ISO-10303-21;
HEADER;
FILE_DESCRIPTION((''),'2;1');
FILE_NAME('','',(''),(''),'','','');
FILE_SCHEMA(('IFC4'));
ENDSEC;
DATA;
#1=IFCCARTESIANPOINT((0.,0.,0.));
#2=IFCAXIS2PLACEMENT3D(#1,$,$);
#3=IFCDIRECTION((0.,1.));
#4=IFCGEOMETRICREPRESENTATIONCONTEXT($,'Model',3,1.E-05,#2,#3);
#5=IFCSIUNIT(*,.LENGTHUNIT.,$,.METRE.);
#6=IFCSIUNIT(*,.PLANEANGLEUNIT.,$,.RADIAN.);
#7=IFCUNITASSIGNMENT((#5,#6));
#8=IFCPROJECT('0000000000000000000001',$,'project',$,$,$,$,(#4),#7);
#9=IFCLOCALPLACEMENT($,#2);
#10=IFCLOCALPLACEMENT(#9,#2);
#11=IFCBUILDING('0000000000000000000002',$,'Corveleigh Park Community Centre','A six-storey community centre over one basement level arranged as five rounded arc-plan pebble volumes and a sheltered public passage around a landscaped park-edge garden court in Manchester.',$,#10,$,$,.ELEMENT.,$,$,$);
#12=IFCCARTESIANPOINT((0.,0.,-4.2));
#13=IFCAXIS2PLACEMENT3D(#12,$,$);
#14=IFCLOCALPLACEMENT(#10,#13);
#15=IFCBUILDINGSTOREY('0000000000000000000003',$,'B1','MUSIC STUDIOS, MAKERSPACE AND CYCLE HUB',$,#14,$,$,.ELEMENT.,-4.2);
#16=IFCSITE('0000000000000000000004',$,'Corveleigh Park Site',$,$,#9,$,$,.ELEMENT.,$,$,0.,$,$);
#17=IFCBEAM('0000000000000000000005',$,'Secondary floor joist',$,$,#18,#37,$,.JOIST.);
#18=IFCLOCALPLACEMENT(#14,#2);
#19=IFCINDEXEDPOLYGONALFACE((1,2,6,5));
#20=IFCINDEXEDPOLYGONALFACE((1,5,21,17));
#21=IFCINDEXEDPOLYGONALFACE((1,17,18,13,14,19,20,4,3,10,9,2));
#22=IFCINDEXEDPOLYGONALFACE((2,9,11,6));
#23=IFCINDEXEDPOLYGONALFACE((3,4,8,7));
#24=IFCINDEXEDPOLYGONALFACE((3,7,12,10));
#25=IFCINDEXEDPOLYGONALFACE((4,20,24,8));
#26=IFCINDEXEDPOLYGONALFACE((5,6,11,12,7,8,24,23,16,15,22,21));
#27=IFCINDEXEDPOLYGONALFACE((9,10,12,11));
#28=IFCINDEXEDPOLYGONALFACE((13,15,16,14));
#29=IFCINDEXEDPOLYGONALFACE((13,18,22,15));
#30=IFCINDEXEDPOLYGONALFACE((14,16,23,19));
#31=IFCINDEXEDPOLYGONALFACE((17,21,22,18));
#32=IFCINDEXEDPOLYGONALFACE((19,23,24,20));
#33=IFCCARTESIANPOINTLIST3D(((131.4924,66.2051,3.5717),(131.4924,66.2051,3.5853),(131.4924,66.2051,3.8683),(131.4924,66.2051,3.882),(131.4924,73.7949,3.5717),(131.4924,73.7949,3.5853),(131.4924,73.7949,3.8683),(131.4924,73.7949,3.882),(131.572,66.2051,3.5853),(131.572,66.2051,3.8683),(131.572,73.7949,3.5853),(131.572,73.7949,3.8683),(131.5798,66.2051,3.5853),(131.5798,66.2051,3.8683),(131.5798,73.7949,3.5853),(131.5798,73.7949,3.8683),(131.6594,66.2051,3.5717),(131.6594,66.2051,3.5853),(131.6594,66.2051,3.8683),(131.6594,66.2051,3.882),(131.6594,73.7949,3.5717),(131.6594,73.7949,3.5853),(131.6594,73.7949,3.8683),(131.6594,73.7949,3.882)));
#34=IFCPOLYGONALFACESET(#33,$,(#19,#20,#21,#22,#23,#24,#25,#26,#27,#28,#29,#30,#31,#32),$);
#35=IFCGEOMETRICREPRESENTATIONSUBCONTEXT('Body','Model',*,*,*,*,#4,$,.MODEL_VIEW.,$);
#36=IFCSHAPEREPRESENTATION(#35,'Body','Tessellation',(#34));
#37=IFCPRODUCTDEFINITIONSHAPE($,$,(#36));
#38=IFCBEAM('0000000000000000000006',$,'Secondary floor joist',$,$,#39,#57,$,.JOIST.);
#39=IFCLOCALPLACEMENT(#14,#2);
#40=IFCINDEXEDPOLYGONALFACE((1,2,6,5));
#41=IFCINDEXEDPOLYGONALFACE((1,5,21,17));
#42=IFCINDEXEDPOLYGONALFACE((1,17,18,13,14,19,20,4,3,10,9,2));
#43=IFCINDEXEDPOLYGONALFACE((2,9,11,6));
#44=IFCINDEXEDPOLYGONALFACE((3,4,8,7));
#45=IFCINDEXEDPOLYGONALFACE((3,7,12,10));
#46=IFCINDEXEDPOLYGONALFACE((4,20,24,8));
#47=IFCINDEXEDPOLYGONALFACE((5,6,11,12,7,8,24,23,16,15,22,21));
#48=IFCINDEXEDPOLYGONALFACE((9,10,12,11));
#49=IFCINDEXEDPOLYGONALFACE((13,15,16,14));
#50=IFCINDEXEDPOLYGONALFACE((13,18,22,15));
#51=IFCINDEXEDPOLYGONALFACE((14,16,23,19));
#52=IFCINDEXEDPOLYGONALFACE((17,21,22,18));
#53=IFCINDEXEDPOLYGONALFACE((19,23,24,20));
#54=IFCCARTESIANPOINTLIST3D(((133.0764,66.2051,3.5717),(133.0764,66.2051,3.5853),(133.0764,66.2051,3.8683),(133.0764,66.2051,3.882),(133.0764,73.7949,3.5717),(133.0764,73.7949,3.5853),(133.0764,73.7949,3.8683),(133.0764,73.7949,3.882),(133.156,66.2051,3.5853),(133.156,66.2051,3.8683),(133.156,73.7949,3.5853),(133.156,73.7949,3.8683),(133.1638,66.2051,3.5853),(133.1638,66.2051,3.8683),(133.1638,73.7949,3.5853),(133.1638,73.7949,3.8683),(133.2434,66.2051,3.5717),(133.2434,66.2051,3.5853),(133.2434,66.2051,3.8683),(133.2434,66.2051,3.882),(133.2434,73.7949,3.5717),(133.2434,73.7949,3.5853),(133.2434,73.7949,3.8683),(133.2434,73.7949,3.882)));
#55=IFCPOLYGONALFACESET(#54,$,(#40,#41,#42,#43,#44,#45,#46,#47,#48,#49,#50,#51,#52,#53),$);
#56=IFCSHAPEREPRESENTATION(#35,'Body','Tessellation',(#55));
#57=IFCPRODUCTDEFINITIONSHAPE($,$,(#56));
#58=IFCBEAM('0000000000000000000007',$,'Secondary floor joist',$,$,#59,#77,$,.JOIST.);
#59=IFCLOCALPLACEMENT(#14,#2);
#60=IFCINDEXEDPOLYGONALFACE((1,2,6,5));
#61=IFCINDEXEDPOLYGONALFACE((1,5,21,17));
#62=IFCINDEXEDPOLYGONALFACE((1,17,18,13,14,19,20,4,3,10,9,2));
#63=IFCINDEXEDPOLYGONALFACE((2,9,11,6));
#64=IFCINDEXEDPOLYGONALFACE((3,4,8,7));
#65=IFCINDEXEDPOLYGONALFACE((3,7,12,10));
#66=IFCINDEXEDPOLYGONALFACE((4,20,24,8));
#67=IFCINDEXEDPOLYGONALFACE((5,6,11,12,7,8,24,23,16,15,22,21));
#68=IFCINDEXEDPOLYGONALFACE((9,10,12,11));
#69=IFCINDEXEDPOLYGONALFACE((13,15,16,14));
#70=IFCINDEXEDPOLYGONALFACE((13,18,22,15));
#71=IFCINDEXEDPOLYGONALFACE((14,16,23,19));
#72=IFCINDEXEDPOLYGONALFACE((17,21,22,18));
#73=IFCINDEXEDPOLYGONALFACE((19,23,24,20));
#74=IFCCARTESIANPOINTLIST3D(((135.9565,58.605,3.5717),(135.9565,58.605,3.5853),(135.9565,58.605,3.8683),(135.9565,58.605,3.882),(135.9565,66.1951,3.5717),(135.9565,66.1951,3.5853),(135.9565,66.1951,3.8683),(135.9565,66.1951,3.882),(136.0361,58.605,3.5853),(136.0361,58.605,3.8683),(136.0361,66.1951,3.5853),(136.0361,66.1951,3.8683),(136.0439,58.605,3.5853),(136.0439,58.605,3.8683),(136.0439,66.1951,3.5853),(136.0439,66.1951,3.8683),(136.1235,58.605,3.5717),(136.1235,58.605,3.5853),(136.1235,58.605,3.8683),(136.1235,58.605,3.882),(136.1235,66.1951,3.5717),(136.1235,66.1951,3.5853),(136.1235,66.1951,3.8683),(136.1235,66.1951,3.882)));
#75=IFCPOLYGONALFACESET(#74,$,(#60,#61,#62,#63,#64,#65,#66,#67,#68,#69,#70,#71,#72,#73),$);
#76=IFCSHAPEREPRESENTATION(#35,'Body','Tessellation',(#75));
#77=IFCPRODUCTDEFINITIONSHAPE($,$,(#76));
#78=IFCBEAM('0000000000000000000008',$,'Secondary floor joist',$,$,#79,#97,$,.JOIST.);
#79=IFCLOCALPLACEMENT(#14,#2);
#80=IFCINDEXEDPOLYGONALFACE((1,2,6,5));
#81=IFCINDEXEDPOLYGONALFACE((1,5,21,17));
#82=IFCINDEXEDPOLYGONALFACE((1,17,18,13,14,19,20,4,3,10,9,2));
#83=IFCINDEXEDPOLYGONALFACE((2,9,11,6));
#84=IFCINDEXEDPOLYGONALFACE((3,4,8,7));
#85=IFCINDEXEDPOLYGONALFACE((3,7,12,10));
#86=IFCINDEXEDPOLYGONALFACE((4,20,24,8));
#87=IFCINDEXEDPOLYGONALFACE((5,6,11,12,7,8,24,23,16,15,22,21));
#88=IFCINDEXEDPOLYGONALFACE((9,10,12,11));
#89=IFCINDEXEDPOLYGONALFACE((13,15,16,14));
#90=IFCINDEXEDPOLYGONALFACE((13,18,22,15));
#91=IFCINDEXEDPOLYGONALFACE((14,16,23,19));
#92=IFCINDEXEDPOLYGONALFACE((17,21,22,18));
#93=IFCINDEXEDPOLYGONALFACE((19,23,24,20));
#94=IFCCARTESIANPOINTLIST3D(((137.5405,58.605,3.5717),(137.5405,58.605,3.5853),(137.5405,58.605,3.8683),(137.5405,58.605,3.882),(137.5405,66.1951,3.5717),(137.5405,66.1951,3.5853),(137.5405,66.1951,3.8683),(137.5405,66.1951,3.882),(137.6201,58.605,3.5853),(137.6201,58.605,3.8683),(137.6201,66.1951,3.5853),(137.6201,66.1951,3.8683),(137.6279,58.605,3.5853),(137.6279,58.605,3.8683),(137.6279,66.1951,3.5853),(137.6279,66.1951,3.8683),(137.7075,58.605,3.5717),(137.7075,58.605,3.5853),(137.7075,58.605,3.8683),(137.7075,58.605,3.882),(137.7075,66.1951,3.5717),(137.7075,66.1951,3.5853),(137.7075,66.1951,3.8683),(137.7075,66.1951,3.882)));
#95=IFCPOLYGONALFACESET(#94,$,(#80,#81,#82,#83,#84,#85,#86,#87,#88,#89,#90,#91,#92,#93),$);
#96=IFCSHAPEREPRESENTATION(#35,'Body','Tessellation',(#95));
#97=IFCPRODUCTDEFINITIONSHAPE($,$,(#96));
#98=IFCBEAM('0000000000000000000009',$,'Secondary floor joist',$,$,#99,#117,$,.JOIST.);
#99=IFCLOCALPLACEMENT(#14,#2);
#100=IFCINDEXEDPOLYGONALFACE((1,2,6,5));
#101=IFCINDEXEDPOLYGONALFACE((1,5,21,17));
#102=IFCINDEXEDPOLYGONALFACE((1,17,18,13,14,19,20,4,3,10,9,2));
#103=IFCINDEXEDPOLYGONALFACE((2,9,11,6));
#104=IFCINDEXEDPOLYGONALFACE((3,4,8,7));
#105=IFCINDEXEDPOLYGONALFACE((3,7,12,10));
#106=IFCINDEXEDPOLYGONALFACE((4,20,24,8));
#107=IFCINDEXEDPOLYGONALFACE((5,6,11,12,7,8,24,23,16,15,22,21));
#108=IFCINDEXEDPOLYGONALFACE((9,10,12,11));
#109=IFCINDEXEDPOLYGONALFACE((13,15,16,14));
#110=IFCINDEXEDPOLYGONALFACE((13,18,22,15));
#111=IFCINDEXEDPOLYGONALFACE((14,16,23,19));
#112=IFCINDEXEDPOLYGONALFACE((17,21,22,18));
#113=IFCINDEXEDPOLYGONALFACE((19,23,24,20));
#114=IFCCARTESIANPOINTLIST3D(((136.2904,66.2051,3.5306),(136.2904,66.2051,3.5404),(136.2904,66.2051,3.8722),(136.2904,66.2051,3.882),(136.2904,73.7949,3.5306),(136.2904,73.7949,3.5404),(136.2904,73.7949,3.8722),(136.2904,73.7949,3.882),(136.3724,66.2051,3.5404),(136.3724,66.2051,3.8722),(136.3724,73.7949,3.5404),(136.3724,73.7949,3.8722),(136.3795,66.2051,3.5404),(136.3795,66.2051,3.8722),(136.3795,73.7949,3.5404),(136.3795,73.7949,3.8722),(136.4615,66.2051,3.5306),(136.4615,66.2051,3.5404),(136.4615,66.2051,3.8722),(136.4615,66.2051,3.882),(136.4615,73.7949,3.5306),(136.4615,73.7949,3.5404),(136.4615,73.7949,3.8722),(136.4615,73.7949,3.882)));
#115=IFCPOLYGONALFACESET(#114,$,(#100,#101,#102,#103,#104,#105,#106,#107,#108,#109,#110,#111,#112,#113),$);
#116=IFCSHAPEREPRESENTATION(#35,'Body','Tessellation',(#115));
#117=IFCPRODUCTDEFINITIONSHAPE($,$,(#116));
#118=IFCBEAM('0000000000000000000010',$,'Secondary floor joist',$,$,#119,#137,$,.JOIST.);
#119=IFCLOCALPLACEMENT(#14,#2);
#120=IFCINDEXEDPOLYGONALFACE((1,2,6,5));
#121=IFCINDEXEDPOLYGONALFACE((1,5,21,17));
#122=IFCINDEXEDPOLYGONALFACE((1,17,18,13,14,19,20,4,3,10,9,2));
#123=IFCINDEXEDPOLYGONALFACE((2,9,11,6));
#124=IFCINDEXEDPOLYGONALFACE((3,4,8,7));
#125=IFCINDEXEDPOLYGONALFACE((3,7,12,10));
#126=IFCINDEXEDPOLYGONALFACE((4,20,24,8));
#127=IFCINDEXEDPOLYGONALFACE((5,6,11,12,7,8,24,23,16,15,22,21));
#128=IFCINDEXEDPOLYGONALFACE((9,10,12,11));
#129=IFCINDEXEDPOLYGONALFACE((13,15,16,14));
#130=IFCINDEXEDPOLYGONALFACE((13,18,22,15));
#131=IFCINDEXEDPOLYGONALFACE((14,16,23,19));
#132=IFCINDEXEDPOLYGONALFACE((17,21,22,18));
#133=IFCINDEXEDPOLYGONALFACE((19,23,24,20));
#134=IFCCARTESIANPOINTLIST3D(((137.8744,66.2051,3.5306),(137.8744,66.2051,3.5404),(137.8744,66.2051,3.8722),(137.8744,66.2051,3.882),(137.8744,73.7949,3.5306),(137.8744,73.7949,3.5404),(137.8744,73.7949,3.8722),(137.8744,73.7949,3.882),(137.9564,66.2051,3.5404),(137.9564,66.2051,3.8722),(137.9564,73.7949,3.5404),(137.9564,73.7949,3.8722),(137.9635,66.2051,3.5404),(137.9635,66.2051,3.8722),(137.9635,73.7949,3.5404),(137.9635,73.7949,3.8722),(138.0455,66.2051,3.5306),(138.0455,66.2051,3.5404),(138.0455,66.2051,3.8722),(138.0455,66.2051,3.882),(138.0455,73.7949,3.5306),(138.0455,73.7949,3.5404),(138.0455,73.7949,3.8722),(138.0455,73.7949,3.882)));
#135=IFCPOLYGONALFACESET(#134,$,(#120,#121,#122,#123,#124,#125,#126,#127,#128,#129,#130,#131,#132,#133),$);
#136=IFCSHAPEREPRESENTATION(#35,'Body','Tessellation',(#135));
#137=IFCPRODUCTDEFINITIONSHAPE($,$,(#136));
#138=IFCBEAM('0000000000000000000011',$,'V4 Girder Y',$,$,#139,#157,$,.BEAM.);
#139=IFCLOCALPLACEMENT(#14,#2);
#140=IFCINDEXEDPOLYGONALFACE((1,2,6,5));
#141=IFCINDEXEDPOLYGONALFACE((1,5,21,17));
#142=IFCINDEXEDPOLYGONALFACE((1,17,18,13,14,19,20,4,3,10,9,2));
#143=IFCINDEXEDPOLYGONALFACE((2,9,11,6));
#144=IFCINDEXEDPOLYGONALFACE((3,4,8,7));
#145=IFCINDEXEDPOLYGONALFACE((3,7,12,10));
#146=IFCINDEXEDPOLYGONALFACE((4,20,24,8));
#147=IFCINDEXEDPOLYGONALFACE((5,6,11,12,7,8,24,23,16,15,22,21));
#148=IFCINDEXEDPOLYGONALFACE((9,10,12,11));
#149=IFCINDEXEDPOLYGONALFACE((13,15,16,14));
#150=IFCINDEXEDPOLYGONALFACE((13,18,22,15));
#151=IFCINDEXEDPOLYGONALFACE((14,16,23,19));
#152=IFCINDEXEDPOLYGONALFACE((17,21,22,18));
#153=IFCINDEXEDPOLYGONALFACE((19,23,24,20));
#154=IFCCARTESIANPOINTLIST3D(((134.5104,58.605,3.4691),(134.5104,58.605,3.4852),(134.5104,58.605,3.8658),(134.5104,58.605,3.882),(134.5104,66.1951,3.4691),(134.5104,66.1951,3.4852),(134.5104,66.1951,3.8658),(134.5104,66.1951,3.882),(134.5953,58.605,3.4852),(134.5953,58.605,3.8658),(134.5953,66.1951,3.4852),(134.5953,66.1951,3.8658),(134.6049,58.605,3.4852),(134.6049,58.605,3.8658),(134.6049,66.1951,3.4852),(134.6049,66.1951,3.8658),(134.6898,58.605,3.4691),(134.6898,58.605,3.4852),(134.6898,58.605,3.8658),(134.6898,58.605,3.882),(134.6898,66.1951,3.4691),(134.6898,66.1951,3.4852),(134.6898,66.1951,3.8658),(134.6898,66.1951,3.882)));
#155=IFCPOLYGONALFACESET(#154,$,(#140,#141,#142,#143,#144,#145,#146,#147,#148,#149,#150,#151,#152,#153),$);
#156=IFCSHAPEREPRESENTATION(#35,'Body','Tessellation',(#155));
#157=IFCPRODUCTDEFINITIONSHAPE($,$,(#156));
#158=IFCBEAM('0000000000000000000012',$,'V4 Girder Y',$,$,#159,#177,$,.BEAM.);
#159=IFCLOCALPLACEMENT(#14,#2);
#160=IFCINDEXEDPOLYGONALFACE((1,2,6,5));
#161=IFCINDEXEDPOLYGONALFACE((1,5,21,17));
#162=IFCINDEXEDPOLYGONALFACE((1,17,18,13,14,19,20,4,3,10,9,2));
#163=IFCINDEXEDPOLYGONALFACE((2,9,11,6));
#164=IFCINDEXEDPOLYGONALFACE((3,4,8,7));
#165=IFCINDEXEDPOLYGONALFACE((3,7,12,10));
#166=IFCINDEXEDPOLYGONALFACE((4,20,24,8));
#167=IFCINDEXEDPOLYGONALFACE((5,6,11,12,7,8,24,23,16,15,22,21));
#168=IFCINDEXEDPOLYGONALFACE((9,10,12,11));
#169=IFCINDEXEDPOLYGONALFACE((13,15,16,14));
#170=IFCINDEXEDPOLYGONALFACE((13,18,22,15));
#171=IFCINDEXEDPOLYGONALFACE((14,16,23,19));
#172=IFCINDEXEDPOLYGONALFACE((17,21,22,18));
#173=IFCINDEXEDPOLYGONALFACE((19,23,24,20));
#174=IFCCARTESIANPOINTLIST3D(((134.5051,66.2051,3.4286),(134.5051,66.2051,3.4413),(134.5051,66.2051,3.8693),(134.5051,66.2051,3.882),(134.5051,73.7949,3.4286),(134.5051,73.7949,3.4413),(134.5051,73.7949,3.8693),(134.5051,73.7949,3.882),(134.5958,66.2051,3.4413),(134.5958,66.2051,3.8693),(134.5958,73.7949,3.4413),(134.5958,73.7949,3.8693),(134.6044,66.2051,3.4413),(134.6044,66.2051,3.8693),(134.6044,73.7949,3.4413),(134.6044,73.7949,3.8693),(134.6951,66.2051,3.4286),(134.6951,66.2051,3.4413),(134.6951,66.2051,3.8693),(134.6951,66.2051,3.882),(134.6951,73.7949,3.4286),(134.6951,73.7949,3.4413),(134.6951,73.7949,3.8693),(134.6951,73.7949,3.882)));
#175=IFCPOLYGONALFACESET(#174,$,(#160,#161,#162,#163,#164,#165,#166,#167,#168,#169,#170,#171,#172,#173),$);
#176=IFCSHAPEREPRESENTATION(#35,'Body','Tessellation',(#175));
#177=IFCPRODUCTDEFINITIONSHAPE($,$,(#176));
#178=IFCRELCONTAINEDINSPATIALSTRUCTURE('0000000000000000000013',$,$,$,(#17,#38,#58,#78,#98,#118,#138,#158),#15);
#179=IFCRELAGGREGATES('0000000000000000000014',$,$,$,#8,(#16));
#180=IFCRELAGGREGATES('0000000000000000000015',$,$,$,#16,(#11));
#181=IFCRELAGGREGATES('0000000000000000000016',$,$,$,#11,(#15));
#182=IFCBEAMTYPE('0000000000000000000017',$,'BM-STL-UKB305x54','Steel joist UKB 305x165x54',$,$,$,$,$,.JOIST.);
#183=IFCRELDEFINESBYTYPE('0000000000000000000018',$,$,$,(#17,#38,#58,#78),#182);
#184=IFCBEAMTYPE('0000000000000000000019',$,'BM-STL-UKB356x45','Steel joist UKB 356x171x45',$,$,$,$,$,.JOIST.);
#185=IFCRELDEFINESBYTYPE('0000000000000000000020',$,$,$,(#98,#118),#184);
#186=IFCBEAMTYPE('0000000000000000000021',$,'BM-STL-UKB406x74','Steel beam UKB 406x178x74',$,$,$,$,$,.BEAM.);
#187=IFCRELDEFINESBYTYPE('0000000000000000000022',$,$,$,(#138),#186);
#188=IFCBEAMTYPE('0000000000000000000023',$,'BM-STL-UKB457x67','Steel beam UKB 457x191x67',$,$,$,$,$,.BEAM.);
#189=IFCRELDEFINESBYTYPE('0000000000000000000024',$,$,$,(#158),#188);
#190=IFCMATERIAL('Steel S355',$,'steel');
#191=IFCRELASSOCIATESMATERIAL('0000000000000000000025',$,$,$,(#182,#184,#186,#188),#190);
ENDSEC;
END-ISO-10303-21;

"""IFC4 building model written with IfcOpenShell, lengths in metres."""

from ifc_helpers import new_model, si_unit, direction, frame, origin, origin_2d, place, context, subcontext, project, spatial, i_section, extrude, material, material_profile, profile_set, type_object, element, save


model = new_model("IFC4")

# Units and contexts
model_context = context("Model", 3, precision=1e-05, world=origin(), true_north=direction((0.0, 1.0)))
body_context = subcontext(model_context, "Body", "Model", "MODEL_VIEW")
ifc_project = project(units=[si_unit("LENGTHUNIT", "METRE"), si_unit("PLANEANGLEUNIT", "RADIAN")], contexts=[model_context])

# Site, building, storey
site_placement = place(None, origin())
site = spatial("IfcSite", under=ifc_project, at=site_placement, Name="Corveleigh Park Site", CompositionType="ELEMENT", RefElevation=0.0)
building_placement = place(site_placement, origin())
building = spatial("IfcBuilding", under=site, at=building_placement, Name="Corveleigh Park Community Centre", Description="A six-storey community centre over one basement level arranged as five rounded arc-plan pebble volumes and a sheltered public passage around a landscaped park-edge garden court in Manchester.", CompositionType="ELEMENT")
storey_placement = place(building_placement, frame((0.0, 0.0, -4.2)))
storey = spatial("IfcBuildingStorey", under=building, at=storey_placement, Name="B1", Description="MUSIC STUDIOS, MAKERSPACE AND CYCLE HUB", CompositionType="ELEMENT", Elevation=-4.2)

# Shared definitions
ifc_material_1 = material(Name="Steel S355", Category="steel")

# Beams
ifc_material_profile_1 = material_profile(ifc_material_1, i_section(OverallWidth=0.167, OverallDepth=0.3103, WebThickness=0.0078, FlangeThickness=0.0137, at=origin_2d()), Name="UKB 305x165x54", Category="steel")
ifc_profile_set_1 = profile_set([ifc_material_profile_1], Name="Steel S355")
beam_type_1 = type_object("IfcBeamType", Name="BM-STL-UKB305x54", Description="Steel joist UKB 305x165x54", PredefinedType="JOIST", material=ifc_profile_set_1)
for number, where, z_axis, x_axis, name in (
    (1, (131.5759, 66.2051, 3.7268), (0.0, 1.0, 0.0), (-1.0, 0.0, 0.0), "Secondary floor joist"),
    (2, (133.1599, 66.2051, 3.7268), (0.0, 1.0, 0.0), (-1.0, 0.0, 0.0), "Secondary floor joist"),
):
    element("IfcBeam", number, at=place(storey_placement, frame(where, z_axis=z_axis, x_axis=x_axis)), inside=storey, type_object=beam_type_1, Name=name, PredefinedType="JOIST", context=body_context, shape_type="SweptSolid", body=[
        extrude(i_section(OverallWidth=0.167, OverallDepth=0.3103, WebThickness=0.0078, FlangeThickness=0.0137, at=origin_2d()), origin(), (0.0, 0.0, 1.0), 7.5898),
    ])
for number, where, z_axis, x_axis, name in (
    (3, (136.04, 58.605, 3.7268), (0.0, 1.0, 0.0), (-1.0, 0.0, 0.0), "Secondary floor joist"),
    (4, (137.624, 58.605, 3.7268), (0.0, 1.0, 0.0), (-1.0, 0.0, 0.0), "Secondary floor joist"),
):
    element("IfcBeam", number, at=place(storey_placement, frame(where, z_axis=z_axis, x_axis=x_axis)), inside=storey, type_object=beam_type_1, Name=name, PredefinedType="JOIST", context=body_context, shape_type="SweptSolid", body=[
        extrude(i_section(OverallWidth=0.167, OverallDepth=0.3103, WebThickness=0.0078, FlangeThickness=0.0137, at=origin_2d()), origin(), (0.0, 0.0, 1.0), 7.5901),
    ])
ifc_material_profile_2 = material_profile(ifc_material_1, i_section(OverallWidth=0.1711, OverallDepth=0.3513, WebThickness=0.0071, FlangeThickness=0.0098, at=origin_2d()), Name="UKB 356x171x45", Category="steel")
ifc_profile_set_2 = profile_set([ifc_material_profile_2], Name="Steel S355")
beam_type_2 = type_object("IfcBeamType", Name="BM-STL-UKB356x45", Description="Steel joist UKB 356x171x45", PredefinedType="JOIST", material=ifc_profile_set_2)
for number, where, z_axis, x_axis, name in (
    (5, (136.376, 66.2051, 3.7063), (0.0, 1.0, 0.0), (-1.0, 0.0, 0.0), "Secondary floor joist"),
    (6, (137.96, 66.2051, 3.7063), (0.0, 1.0, 0.0), (-1.0, 0.0, 0.0), "Secondary floor joist"),
):
    element("IfcBeam", number, at=place(storey_placement, frame(where, z_axis=z_axis, x_axis=x_axis)), inside=storey, type_object=beam_type_2, Name=name, PredefinedType="JOIST", context=body_context, shape_type="SweptSolid", body=[
        extrude(i_section(OverallWidth=0.1711, OverallDepth=0.3513, WebThickness=0.0071, FlangeThickness=0.0098, at=origin_2d()), origin(), (0.0, 0.0, 1.0), 7.5898),
    ])
ifc_material_profile_3 = material_profile(ifc_material_1, i_section(OverallWidth=0.1794, OverallDepth=0.4128, WebThickness=0.0095, FlangeThickness=0.0161, at=origin_2d()), Name="UKB 406x178x74", Category="steel")
ifc_profile_set_3 = profile_set([ifc_material_profile_3], Name="Steel S355")
beam_type_3 = type_object("IfcBeamType", Name="BM-STL-UKB406x74", Description="Steel beam UKB 406x178x74", PredefinedType="BEAM", material=ifc_profile_set_3)
beam_1_placement = place(storey_placement, frame((134.6001, 58.605, 3.6755), z_axis=(0.0, 1.0, 0.0), x_axis=(-1.0, 0.0, 0.0)))
element("IfcBeam", 7, at=beam_1_placement, inside=storey, type_object=beam_type_3, Name="V4 Girder Y", PredefinedType="BEAM", context=body_context, shape_type="SweptSolid", body=[
    extrude(i_section(OverallWidth=0.1794, OverallDepth=0.4128, WebThickness=0.0095, FlangeThickness=0.0161, at=origin_2d()), origin(), (0.0, 0.0, 1.0), 7.5901),
])
ifc_material_profile_4 = material_profile(ifc_material_1, i_section(OverallWidth=0.1899, OverallDepth=0.4534, WebThickness=0.0085, FlangeThickness=0.0127, at=origin_2d()), Name="UKB 457x191x67", Category="steel")
ifc_profile_set_4 = profile_set([ifc_material_profile_4], Name="Steel S355")
beam_type_4 = type_object("IfcBeamType", Name="BM-STL-UKB457x67", Description="Steel beam UKB 457x191x67", PredefinedType="BEAM", material=ifc_profile_set_4)
beam_2_placement = place(storey_placement, frame((134.6001, 66.2051, 3.6553), z_axis=(0.0, 1.0, 0.0), x_axis=(-1.0, 0.0, 0.0)))
element("IfcBeam", 8, at=beam_2_placement, inside=storey, type_object=beam_type_4, Name="V4 Girder Y", PredefinedType="BEAM", context=body_context, shape_type="SweptSolid", body=[
    extrude(i_section(OverallWidth=0.1899, OverallDepth=0.4534, WebThickness=0.0085, FlangeThickness=0.0127, at=origin_2d()), origin(), (0.0, 0.0, 1.0), 7.5898),
])

save(model, "model.ifc")
